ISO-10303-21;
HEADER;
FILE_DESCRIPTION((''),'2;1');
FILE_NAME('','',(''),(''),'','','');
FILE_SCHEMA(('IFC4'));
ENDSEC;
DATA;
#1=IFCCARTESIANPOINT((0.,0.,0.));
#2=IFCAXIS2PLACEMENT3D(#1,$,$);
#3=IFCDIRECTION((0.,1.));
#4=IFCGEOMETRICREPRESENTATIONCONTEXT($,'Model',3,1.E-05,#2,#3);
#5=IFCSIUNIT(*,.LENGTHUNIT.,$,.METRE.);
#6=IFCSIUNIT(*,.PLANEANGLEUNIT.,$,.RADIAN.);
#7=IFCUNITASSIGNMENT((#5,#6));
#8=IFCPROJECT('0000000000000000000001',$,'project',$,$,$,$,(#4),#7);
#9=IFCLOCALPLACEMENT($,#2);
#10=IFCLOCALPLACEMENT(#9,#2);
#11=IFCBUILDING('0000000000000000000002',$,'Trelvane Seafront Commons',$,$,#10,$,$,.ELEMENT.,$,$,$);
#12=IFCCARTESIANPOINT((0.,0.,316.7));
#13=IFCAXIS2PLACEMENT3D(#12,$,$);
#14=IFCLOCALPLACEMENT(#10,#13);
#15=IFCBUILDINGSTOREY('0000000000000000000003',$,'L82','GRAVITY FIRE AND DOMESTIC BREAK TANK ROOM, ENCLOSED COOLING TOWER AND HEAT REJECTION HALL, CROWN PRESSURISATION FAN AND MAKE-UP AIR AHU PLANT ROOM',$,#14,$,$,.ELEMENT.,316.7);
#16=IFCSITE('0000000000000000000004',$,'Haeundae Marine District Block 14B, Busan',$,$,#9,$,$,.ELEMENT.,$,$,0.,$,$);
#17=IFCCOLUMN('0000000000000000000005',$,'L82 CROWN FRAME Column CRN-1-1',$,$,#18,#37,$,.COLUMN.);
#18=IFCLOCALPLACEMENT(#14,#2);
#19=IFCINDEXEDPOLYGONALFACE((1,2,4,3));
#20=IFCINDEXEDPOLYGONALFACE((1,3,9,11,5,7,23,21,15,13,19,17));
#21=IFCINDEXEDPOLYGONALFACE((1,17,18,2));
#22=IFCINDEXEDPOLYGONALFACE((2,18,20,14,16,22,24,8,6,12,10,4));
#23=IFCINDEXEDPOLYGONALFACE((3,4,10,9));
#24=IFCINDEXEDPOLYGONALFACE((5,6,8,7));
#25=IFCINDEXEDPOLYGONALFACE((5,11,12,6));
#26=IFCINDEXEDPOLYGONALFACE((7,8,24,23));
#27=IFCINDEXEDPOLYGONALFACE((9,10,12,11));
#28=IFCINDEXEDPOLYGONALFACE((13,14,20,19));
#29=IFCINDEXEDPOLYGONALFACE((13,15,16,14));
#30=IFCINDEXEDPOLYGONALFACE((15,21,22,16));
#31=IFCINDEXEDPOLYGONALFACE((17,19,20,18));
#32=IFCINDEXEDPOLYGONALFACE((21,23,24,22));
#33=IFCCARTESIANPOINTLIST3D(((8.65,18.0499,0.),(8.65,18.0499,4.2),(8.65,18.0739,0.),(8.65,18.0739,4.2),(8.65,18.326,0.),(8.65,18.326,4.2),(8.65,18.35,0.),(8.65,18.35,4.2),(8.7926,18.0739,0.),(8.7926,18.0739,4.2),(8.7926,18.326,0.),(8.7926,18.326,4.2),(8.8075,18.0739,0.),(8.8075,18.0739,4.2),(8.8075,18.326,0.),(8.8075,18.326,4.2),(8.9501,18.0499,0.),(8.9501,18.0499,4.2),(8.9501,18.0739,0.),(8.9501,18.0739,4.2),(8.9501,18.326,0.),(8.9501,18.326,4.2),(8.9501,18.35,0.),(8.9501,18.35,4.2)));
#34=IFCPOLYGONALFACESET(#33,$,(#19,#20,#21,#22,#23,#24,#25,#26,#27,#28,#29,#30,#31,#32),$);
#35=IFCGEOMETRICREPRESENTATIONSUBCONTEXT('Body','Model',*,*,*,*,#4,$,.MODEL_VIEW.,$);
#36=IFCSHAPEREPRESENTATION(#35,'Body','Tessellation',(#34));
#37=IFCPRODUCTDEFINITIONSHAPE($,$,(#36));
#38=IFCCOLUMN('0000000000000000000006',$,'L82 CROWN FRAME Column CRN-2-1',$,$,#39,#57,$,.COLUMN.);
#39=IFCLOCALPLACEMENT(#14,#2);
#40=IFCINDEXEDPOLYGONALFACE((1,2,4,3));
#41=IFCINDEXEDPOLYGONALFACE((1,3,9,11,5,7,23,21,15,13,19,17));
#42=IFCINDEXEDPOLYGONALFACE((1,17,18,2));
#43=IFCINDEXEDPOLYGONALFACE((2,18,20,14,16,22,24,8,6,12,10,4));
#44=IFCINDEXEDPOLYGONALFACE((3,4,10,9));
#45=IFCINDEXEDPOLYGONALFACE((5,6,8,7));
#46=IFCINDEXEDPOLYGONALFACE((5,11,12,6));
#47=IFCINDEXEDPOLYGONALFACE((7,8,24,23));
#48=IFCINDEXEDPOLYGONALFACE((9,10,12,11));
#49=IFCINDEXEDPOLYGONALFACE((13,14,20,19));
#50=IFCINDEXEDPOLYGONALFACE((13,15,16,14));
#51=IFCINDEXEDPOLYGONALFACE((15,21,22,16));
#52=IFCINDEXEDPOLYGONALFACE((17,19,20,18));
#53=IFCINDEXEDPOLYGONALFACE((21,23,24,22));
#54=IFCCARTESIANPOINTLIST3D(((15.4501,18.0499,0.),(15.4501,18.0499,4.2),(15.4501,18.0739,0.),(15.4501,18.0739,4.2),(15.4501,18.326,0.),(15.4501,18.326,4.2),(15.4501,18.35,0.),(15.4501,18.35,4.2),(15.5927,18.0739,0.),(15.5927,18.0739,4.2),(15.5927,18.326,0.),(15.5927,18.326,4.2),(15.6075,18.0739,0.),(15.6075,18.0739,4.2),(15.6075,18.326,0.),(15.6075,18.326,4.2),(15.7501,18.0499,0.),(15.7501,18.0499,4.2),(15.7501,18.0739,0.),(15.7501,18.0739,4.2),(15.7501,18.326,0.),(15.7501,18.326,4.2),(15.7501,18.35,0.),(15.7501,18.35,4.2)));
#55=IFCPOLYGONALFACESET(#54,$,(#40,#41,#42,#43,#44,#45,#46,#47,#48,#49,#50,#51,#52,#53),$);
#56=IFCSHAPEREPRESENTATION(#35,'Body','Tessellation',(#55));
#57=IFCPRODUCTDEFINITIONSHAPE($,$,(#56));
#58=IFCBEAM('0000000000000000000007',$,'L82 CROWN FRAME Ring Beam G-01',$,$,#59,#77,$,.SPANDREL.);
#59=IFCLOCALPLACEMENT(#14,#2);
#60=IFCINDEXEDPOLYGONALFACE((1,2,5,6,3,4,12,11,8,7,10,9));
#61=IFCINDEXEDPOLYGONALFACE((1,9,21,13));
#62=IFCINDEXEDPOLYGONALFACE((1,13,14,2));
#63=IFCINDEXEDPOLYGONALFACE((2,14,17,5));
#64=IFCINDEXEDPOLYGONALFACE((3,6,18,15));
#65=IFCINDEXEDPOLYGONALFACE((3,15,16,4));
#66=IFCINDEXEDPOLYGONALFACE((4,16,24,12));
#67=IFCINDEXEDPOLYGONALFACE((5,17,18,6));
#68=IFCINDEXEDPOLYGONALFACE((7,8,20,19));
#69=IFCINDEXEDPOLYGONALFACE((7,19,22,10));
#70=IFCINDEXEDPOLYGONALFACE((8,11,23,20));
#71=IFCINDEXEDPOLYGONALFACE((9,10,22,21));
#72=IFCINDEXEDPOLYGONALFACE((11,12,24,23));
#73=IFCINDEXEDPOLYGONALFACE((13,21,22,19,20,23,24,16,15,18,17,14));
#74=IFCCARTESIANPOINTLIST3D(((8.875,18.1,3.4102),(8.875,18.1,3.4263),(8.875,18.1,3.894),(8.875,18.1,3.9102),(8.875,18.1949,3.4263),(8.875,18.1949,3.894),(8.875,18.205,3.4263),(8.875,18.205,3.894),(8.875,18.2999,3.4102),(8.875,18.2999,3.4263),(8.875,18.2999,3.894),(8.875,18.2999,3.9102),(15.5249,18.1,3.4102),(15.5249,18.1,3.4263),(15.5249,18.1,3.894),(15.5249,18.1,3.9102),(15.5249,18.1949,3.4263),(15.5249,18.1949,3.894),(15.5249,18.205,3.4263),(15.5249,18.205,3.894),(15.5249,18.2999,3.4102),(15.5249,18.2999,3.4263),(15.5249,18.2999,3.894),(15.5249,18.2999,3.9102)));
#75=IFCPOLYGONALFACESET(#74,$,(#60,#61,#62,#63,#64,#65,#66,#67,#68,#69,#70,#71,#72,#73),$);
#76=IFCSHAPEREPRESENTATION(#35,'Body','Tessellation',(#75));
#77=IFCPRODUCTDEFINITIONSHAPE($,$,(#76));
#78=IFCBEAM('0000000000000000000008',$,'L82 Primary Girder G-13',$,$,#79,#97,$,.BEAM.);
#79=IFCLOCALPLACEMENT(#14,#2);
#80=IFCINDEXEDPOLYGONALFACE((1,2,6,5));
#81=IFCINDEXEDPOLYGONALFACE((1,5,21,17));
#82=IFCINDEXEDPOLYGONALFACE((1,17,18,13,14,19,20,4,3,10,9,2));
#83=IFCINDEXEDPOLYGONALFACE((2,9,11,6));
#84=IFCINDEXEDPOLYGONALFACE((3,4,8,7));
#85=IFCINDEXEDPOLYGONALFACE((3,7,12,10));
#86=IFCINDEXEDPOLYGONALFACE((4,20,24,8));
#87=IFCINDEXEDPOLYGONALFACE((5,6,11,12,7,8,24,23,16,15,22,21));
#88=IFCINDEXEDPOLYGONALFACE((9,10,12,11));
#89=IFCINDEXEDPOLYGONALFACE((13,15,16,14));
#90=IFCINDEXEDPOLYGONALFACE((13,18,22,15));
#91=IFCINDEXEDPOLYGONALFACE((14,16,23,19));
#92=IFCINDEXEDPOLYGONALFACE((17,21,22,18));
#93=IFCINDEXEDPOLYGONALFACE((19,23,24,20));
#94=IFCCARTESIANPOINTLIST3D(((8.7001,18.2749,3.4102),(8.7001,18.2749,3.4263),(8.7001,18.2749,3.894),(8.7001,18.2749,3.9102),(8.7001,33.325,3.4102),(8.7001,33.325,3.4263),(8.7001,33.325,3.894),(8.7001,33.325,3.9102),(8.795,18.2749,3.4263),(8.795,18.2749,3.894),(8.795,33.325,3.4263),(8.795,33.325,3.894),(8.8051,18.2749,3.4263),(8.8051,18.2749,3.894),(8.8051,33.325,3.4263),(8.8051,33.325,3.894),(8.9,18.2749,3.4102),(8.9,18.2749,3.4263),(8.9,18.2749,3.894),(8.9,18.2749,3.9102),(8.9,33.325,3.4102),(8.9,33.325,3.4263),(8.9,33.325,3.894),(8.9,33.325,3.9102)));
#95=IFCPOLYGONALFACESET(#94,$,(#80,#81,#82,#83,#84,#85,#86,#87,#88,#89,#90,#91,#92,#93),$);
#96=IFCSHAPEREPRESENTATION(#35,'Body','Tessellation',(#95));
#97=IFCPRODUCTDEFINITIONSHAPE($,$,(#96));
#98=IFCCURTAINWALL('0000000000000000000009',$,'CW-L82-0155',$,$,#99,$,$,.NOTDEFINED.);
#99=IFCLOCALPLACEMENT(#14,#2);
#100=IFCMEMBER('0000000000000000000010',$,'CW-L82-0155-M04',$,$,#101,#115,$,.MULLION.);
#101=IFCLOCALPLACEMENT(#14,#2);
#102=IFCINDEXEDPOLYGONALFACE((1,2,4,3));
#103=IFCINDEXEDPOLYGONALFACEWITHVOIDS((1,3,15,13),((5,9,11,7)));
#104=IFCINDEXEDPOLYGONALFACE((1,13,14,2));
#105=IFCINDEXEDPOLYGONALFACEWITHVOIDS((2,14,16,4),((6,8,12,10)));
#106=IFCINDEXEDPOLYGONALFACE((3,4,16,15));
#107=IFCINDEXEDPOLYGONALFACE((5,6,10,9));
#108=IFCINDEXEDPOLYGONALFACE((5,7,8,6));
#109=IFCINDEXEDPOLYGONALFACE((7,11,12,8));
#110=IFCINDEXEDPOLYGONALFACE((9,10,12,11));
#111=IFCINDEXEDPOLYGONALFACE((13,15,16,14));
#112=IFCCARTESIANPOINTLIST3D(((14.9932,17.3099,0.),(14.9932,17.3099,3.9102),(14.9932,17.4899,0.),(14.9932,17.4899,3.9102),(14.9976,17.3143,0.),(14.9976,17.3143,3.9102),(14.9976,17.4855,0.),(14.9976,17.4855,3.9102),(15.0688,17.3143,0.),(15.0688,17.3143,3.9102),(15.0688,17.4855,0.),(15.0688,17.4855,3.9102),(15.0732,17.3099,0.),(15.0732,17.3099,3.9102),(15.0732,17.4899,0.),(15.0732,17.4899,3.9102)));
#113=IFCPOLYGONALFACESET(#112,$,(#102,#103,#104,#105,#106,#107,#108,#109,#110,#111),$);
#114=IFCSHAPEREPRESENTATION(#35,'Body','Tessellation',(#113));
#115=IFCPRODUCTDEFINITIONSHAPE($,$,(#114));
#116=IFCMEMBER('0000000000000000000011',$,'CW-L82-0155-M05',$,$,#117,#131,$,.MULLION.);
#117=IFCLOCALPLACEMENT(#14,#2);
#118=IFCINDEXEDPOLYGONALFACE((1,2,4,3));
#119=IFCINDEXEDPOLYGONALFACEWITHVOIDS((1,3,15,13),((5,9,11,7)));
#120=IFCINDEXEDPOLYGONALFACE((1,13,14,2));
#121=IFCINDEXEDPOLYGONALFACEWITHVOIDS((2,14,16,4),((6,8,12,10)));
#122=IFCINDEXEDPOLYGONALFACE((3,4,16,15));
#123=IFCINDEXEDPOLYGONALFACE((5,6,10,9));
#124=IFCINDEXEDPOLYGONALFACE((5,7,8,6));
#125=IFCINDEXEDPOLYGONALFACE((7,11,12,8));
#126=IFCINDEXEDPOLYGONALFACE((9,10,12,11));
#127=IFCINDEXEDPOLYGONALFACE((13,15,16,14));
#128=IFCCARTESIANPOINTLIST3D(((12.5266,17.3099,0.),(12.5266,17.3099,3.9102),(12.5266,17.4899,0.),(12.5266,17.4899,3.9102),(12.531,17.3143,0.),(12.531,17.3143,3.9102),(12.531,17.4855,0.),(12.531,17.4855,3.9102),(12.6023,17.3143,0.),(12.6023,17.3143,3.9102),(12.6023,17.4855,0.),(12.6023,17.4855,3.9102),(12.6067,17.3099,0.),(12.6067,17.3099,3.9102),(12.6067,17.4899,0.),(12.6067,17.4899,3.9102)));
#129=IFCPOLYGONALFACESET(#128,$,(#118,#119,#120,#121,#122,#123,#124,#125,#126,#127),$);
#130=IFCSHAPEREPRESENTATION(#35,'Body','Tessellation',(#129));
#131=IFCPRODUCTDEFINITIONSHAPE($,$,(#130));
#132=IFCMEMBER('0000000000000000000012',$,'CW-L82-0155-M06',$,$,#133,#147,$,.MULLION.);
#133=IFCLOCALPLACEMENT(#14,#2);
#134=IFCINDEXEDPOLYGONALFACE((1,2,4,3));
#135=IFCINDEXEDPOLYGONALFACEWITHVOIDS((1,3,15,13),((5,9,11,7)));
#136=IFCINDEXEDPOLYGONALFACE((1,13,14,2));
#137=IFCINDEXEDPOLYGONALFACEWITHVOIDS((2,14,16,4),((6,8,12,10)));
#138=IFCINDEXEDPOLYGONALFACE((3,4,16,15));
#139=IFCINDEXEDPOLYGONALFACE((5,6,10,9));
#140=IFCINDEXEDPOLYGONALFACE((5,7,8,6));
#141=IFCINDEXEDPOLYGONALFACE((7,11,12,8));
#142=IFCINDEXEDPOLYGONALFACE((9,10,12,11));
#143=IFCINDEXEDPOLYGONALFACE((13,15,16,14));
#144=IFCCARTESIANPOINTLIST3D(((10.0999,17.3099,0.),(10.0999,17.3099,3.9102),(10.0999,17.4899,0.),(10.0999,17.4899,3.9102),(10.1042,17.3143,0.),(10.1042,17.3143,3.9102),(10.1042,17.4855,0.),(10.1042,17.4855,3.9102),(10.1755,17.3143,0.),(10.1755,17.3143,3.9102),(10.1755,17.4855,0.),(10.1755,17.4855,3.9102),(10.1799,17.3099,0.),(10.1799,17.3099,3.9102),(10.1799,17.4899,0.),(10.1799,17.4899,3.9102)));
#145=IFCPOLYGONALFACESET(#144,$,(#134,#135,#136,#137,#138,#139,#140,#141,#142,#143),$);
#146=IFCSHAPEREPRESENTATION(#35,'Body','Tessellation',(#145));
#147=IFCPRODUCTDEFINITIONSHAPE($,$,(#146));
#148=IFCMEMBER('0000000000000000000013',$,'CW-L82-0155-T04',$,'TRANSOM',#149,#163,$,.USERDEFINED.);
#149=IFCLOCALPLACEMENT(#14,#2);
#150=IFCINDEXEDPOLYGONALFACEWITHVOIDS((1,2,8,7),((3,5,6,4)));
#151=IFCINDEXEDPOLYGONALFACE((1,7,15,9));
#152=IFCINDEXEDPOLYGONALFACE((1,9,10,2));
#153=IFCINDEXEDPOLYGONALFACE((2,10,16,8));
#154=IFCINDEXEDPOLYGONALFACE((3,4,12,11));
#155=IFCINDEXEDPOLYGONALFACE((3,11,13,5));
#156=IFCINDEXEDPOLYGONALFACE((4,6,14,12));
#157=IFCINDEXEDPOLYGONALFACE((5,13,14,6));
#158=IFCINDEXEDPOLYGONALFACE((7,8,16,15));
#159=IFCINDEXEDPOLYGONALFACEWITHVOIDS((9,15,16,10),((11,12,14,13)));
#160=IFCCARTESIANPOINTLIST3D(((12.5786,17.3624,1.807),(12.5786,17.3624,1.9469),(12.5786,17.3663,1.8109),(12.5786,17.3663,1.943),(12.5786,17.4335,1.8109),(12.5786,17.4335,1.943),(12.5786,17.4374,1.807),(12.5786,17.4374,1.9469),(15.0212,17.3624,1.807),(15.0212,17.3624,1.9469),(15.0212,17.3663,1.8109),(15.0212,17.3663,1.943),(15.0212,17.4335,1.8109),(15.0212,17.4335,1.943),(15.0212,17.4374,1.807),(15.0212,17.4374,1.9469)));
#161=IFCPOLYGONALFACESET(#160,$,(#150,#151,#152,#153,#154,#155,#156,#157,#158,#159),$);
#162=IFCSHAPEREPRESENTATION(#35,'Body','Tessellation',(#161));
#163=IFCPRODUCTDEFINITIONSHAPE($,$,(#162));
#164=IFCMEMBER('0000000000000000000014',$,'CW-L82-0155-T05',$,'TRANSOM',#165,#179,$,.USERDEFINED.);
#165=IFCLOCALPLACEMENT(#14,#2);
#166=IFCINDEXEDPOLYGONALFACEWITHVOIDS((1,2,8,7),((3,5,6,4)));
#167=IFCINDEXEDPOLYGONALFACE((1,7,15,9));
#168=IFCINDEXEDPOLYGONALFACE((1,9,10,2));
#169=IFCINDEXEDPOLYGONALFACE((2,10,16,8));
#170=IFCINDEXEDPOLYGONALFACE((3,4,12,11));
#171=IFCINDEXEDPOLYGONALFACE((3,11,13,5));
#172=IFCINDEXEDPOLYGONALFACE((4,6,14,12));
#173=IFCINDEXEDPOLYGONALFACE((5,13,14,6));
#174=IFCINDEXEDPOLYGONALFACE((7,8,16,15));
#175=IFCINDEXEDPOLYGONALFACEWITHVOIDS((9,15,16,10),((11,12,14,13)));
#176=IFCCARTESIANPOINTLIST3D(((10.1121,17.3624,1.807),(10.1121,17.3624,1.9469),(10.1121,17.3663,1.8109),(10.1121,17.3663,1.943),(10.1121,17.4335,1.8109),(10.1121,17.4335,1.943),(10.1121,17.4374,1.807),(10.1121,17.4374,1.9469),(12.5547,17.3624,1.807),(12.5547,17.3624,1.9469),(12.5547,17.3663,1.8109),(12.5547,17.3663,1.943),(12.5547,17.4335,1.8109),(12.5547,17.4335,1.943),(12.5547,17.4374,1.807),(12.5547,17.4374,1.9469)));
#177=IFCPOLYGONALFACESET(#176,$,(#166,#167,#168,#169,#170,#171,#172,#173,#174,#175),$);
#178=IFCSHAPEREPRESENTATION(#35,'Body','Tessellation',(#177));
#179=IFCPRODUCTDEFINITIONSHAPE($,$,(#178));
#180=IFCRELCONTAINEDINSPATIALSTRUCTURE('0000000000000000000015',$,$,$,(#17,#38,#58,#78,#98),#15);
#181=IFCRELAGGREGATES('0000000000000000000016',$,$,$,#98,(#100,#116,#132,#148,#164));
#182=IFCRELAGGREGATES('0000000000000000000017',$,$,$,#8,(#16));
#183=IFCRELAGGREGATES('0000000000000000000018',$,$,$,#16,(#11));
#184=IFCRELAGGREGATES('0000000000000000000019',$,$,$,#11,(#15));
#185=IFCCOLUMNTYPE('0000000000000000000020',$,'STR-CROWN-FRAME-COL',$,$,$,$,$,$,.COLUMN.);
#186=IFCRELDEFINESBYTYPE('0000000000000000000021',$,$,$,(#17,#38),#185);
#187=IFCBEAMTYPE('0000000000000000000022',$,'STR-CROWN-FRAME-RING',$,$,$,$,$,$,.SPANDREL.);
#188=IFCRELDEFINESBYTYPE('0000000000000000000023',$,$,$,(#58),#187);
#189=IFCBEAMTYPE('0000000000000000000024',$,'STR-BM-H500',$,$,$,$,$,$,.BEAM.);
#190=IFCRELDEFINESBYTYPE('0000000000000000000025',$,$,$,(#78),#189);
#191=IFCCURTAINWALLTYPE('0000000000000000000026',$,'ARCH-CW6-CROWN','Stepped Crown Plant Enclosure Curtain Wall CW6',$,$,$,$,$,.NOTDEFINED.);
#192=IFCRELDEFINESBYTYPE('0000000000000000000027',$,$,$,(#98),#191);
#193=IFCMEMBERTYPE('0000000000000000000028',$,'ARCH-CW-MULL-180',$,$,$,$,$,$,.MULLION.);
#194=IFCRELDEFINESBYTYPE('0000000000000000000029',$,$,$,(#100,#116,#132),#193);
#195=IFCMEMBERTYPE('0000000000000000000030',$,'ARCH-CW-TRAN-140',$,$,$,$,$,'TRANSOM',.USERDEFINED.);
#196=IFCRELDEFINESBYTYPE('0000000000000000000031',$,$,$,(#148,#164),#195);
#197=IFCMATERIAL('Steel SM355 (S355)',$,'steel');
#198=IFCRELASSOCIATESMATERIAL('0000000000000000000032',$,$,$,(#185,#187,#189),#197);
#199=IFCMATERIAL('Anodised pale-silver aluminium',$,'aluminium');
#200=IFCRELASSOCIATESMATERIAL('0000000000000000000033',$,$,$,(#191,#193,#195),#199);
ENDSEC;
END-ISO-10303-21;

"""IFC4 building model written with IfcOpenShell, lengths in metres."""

from ifc_helpers import new_model, si_unit, direction, frame, origin, origin_2d, place, context, subcontext, project, spatial, hollow_rectangle, i_section, extrude, source, transform, mapped, material, material_profile, profile_set, type_object, element, aggregate, save


model = new_model("IFC4")

# Units and contexts
model_context = context("Model", 3, precision=1e-05, world=origin(), true_north=direction((0.0, 1.0)))
body_context = subcontext(model_context, "Body", "Model", "MODEL_VIEW")
ifc_project = project(units=[si_unit("LENGTHUNIT", "METRE"), si_unit("PLANEANGLEUNIT", "RADIAN")], contexts=[model_context])

# Site, building, storey
site_placement = place(None, origin())
site = spatial("IfcSite", under=ifc_project, at=site_placement, Name="Haeundae Marine District Block 14B, Busan", CompositionType="ELEMENT", RefElevation=0.0)
building_placement = place(site_placement, origin())
building = spatial("IfcBuilding", under=site, at=building_placement, Name="Trelvane Seafront Commons", CompositionType="ELEMENT")
storey_placement = place(building_placement, frame((0.0, 0.0, 316.7)))
storey = spatial("IfcBuildingStorey", under=building, at=storey_placement, Name="L82", Description="GRAVITY FIRE AND DOMESTIC BREAK TANK ROOM, ENCLOSED COOLING TOWER AND HEAT REJECTION HALL, CROWN PRESSURISATION FAN AND MAKE-UP AIR AHU PLANT ROOM", CompositionType="ELEMENT", Elevation=316.7)

# Columns
ifc_material_1 = material(Name="Steel SM355 (S355)", Category="steel")
ifc_material_profile_1 = material_profile(ifc_material_1, i_section(OverallWidth=0.3, OverallDepth=0.3, WebThickness=0.0149, FlangeThickness=0.0239, at=origin_2d()), Name="HD-300x300x15x24")
ifc_profile_set_1 = profile_set([ifc_material_profile_1], Name="Steel SM355 (S355)")
column_type = type_object("IfcColumnType", Name="STR-CROWN-FRAME-COL", PredefinedType="COLUMN", material=ifc_profile_set_1)
shared_shape_1 = source(origin(), body_context, "Body", "SweptSolid", [
    extrude(i_section(OverallWidth=0.3, OverallDepth=0.3, WebThickness=0.0149, FlangeThickness=0.0239, at=origin_2d()), origin(), (0.0, 0.0, 1.0), 4.2),
])
for number, where, z_axis, x_axis, name in (
    (1, (8.8, 18.2, 0.0), (0.0, 0.0, 1.0), (1.0, 0.0, 0.0), "L82 CROWN FRAME Column CRN-1-1"),
    (2, (15.6001, 18.2, 0.0), (0.0, 0.0, 1.0), (1.0, 0.0, 0.0), "L82 CROWN FRAME Column CRN-2-1"),
):
    element("IfcColumn", number, at=place(storey_placement, frame(where, z_axis=z_axis, x_axis=x_axis)), inside=storey, type_object=column_type, Name=name, PredefinedType="COLUMN", context=body_context, shape_type="MappedRepresentation", body=[
        mapped(shared_shape_1, transform((0.0, 0.0, 0.0), x_axis=(1.0, 0.0, 0.0), y_axis=(0.0, 1.0, 0.0), z_axis=(0.0, 0.0, 1.0), scale=1.0)),
    ])

# Beams
ifc_material_profile_2 = material_profile(ifc_material_1, i_section(OverallWidth=0.2, OverallDepth=0.5, WebThickness=0.01, FlangeThickness=0.0161, at=origin_2d()), Name="H-500x200x10x16")
ifc_profile_set_2 = profile_set([ifc_material_profile_2], Name="Steel SM355 (S355)")
beam_type_1 = type_object("IfcBeamType", Name="STR-CROWN-FRAME-RING", PredefinedType="SPANDREL", material=ifc_profile_set_2)
shared_shape_2 = source(origin(), body_context, "Body", "SweptSolid", [
    extrude(i_section(OverallWidth=0.2, OverallDepth=0.5, WebThickness=0.01, FlangeThickness=0.0161, at=origin_2d()), origin(), (0.0, 0.0, 1.0), 6.6499),
])
beam_1_placement = place(storey_placement, frame((8.875, 18.2, 3.6602), z_axis=(1.0, 0.0, 0.0), x_axis=(0.0, 1.0, 0.0)))
element("IfcBeam", 3, at=beam_1_placement, inside=storey, type_object=beam_type_1, Name="L82 CROWN FRAME Ring Beam G-01", PredefinedType="SPANDREL", context=body_context, shape_type="MappedRepresentation", body=[
    mapped(shared_shape_2, transform((0.0, 0.0, 0.0), x_axis=(1.0, 0.0, 0.0), y_axis=(0.0, 1.0, 0.0), z_axis=(0.0, 0.0, 1.0), scale=1.0)),
])
ifc_material_profile_3 = material_profile(ifc_material_1, i_section(OverallWidth=0.2, OverallDepth=0.5, WebThickness=0.01, FlangeThickness=0.0161, at=origin_2d()), Name="H-500x200x10x16")
ifc_profile_set_3 = profile_set([ifc_material_profile_3], Name="Steel SM355 (S355)")
beam_type_2 = type_object("IfcBeamType", Name="STR-BM-H500", PredefinedType="BEAM", material=ifc_profile_set_3)
shared_shape_3 = source(origin(), body_context, "Body", "SweptSolid", [
    extrude(i_section(OverallWidth=0.2, OverallDepth=0.5, WebThickness=0.01, FlangeThickness=0.0161, at=origin_2d()), origin(), (0.0, 0.0, 1.0), 15.05),
])
beam_2_placement = place(storey_placement, frame((8.8, 18.2749, 3.6602), z_axis=(0.0, 1.0, 0.0), x_axis=(-1.0, 0.0, 0.0)))
element("IfcBeam", 4, at=beam_2_placement, inside=storey, type_object=beam_type_2, Name="L82 Primary Girder G-13", PredefinedType="BEAM", context=body_context, shape_type="MappedRepresentation", body=[
    mapped(shared_shape_3, transform((0.0, 0.0, 0.0), x_axis=(1.0, 0.0, 0.0), y_axis=(0.0, 1.0, 0.0), z_axis=(0.0, 0.0, 1.0), scale=1.0)),
])

# Curtain wall, members
ifc_material_2 = material(Name="Anodised pale-silver aluminium", Category="aluminium")
curtain_wall_type = type_object("IfcCurtainWallType", Name="ARCH-CW6-CROWN", Description="Stepped Crown Plant Enclosure Curtain Wall CW6", PredefinedType="NOTDEFINED", material=ifc_material_2)
curtain_wall_placement = place(storey_placement, origin())
curtain_wall = element("IfcCurtainWall", 5, at=curtain_wall_placement, inside=storey, type_object=curtain_wall_type, Name="CW-L82-0155", PredefinedType="NOTDEFINED")
ifc_material_profile_4 = material_profile(ifc_material_2, hollow_rectangle(XDim=0.0801, YDim=0.1799, WallThickness=0.0044, at=origin_2d()), Name="MULL-80x180x4.5")
ifc_profile_set_4 = profile_set([ifc_material_profile_4], Name="Anodised pale-silver aluminium")
member_type_1 = type_object("IfcMemberType", Name="ARCH-CW-MULL-180", PredefinedType="MULLION", material=ifc_profile_set_4)
shared_shape_4 = source(origin(), body_context, "Body", "SweptSolid", [
    extrude(hollow_rectangle(XDim=0.0801, YDim=0.1799, WallThickness=0.0044, at=origin_2d()), origin(), (0.0, 0.0, 1.0), 3.9102),
])
member_1_placement = place(storey_placement, frame((15.0332, 17.3999, 0.0), z_axis=(0.0, 0.0, 1.0), x_axis=(1.0, 0.0, 0.0)))
member_1 = element("IfcMember", 6, at=member_1_placement, type_object=member_type_1, Name="CW-L82-0155-M04", PredefinedType="MULLION", context=body_context, shape_type="MappedRepresentation", body=[
    mapped(shared_shape_4, transform((0.0, 0.0, 0.0), x_axis=(1.0, 0.0, 0.0), y_axis=(0.0, 1.0, 0.0), z_axis=(0.0, 0.0, 1.0), scale=1.0)),
])
member_2_placement = place(storey_placement, frame((12.5667, 17.3999, 0.0), z_axis=(0.0, 0.0, 1.0), x_axis=(1.0, 0.0, 0.0)))
member_2 = element("IfcMember", 7, at=member_2_placement, type_object=member_type_1, Name="CW-L82-0155-M05", PredefinedType="MULLION", context=body_context, shape_type="MappedRepresentation", body=[
    mapped(shared_shape_4, transform((0.0, 0.0, 0.0), x_axis=(1.0, 0.0, 0.0), y_axis=(0.0, 1.0, 0.0), z_axis=(0.0, 0.0, 1.0), scale=1.0)),
])
member_3_placement = place(storey_placement, frame((10.1399, 17.3999, 0.0), z_axis=(0.0, 0.0, 1.0), x_axis=(1.0, 0.0, 0.0)))
member_3 = element("IfcMember", 8, at=member_3_placement, type_object=member_type_1, Name="CW-L82-0155-M06", PredefinedType="MULLION", context=body_context, shape_type="MappedRepresentation", body=[
    mapped(shared_shape_4, transform((0.0, 0.0, 0.0), x_axis=(1.0, 0.0, 0.0), y_axis=(0.0, 1.0, 0.0), z_axis=(0.0, 0.0, 1.0), scale=1.0)),
])
ifc_material_profile_5 = material_profile(ifc_material_2, hollow_rectangle(XDim=0.075, YDim=0.1399, WallThickness=0.0039, at=origin_2d()), Name="TRAN-75x140x4")
ifc_profile_set_5 = profile_set([ifc_material_profile_5], Name="Anodised pale-silver aluminium")
member_type_2 = type_object("IfcMemberType", Name="ARCH-CW-TRAN-140", ElementType="TRANSOM", PredefinedType="USERDEFINED", material=ifc_profile_set_5)
shared_shape_5 = source(origin(), body_context, "Body", "SweptSolid", [
    extrude(hollow_rectangle(XDim=0.075, YDim=0.1399, WallThickness=0.0039, at=origin_2d()), origin(), (0.0, 0.0, 1.0), 2.4426),
])
member_4_placement = place(storey_placement, frame((15.0212, 17.3999, 1.877), z_axis=(-1.0, 0.0, 0.0), x_axis=(0.0, -1.0, 0.0)))
member_4 = element("IfcMember", 9, at=member_4_placement, type_object=member_type_2, Name="CW-L82-0155-T04", ObjectType="TRANSOM", PredefinedType="USERDEFINED", context=body_context, shape_type="MappedRepresentation", body=[
    mapped(shared_shape_5, transform((0.0, 0.0, 0.0), x_axis=(1.0, 0.0, 0.0), y_axis=(0.0, 1.0, 0.0), z_axis=(0.0, 0.0, 1.0), scale=1.0)),
])
member_5_placement = place(storey_placement, frame((12.5547, 17.3999, 1.877), z_axis=(-1.0, 0.0, 0.0), x_axis=(0.0, -1.0, 0.0)))
member_5 = element("IfcMember", 10, at=member_5_placement, type_object=member_type_2, Name="CW-L82-0155-T05", ObjectType="TRANSOM", PredefinedType="USERDEFINED", context=body_context, shape_type="MappedRepresentation", body=[
    mapped(shared_shape_5, transform((0.0, 0.0, 0.0), x_axis=(1.0, 0.0, 0.0), y_axis=(0.0, 1.0, 0.0), z_axis=(0.0, 0.0, 1.0), scale=1.0)),
])

aggregate(curtain_wall, [member_1, member_2, member_3, member_4, member_5])

save(model, "model.ifc")
